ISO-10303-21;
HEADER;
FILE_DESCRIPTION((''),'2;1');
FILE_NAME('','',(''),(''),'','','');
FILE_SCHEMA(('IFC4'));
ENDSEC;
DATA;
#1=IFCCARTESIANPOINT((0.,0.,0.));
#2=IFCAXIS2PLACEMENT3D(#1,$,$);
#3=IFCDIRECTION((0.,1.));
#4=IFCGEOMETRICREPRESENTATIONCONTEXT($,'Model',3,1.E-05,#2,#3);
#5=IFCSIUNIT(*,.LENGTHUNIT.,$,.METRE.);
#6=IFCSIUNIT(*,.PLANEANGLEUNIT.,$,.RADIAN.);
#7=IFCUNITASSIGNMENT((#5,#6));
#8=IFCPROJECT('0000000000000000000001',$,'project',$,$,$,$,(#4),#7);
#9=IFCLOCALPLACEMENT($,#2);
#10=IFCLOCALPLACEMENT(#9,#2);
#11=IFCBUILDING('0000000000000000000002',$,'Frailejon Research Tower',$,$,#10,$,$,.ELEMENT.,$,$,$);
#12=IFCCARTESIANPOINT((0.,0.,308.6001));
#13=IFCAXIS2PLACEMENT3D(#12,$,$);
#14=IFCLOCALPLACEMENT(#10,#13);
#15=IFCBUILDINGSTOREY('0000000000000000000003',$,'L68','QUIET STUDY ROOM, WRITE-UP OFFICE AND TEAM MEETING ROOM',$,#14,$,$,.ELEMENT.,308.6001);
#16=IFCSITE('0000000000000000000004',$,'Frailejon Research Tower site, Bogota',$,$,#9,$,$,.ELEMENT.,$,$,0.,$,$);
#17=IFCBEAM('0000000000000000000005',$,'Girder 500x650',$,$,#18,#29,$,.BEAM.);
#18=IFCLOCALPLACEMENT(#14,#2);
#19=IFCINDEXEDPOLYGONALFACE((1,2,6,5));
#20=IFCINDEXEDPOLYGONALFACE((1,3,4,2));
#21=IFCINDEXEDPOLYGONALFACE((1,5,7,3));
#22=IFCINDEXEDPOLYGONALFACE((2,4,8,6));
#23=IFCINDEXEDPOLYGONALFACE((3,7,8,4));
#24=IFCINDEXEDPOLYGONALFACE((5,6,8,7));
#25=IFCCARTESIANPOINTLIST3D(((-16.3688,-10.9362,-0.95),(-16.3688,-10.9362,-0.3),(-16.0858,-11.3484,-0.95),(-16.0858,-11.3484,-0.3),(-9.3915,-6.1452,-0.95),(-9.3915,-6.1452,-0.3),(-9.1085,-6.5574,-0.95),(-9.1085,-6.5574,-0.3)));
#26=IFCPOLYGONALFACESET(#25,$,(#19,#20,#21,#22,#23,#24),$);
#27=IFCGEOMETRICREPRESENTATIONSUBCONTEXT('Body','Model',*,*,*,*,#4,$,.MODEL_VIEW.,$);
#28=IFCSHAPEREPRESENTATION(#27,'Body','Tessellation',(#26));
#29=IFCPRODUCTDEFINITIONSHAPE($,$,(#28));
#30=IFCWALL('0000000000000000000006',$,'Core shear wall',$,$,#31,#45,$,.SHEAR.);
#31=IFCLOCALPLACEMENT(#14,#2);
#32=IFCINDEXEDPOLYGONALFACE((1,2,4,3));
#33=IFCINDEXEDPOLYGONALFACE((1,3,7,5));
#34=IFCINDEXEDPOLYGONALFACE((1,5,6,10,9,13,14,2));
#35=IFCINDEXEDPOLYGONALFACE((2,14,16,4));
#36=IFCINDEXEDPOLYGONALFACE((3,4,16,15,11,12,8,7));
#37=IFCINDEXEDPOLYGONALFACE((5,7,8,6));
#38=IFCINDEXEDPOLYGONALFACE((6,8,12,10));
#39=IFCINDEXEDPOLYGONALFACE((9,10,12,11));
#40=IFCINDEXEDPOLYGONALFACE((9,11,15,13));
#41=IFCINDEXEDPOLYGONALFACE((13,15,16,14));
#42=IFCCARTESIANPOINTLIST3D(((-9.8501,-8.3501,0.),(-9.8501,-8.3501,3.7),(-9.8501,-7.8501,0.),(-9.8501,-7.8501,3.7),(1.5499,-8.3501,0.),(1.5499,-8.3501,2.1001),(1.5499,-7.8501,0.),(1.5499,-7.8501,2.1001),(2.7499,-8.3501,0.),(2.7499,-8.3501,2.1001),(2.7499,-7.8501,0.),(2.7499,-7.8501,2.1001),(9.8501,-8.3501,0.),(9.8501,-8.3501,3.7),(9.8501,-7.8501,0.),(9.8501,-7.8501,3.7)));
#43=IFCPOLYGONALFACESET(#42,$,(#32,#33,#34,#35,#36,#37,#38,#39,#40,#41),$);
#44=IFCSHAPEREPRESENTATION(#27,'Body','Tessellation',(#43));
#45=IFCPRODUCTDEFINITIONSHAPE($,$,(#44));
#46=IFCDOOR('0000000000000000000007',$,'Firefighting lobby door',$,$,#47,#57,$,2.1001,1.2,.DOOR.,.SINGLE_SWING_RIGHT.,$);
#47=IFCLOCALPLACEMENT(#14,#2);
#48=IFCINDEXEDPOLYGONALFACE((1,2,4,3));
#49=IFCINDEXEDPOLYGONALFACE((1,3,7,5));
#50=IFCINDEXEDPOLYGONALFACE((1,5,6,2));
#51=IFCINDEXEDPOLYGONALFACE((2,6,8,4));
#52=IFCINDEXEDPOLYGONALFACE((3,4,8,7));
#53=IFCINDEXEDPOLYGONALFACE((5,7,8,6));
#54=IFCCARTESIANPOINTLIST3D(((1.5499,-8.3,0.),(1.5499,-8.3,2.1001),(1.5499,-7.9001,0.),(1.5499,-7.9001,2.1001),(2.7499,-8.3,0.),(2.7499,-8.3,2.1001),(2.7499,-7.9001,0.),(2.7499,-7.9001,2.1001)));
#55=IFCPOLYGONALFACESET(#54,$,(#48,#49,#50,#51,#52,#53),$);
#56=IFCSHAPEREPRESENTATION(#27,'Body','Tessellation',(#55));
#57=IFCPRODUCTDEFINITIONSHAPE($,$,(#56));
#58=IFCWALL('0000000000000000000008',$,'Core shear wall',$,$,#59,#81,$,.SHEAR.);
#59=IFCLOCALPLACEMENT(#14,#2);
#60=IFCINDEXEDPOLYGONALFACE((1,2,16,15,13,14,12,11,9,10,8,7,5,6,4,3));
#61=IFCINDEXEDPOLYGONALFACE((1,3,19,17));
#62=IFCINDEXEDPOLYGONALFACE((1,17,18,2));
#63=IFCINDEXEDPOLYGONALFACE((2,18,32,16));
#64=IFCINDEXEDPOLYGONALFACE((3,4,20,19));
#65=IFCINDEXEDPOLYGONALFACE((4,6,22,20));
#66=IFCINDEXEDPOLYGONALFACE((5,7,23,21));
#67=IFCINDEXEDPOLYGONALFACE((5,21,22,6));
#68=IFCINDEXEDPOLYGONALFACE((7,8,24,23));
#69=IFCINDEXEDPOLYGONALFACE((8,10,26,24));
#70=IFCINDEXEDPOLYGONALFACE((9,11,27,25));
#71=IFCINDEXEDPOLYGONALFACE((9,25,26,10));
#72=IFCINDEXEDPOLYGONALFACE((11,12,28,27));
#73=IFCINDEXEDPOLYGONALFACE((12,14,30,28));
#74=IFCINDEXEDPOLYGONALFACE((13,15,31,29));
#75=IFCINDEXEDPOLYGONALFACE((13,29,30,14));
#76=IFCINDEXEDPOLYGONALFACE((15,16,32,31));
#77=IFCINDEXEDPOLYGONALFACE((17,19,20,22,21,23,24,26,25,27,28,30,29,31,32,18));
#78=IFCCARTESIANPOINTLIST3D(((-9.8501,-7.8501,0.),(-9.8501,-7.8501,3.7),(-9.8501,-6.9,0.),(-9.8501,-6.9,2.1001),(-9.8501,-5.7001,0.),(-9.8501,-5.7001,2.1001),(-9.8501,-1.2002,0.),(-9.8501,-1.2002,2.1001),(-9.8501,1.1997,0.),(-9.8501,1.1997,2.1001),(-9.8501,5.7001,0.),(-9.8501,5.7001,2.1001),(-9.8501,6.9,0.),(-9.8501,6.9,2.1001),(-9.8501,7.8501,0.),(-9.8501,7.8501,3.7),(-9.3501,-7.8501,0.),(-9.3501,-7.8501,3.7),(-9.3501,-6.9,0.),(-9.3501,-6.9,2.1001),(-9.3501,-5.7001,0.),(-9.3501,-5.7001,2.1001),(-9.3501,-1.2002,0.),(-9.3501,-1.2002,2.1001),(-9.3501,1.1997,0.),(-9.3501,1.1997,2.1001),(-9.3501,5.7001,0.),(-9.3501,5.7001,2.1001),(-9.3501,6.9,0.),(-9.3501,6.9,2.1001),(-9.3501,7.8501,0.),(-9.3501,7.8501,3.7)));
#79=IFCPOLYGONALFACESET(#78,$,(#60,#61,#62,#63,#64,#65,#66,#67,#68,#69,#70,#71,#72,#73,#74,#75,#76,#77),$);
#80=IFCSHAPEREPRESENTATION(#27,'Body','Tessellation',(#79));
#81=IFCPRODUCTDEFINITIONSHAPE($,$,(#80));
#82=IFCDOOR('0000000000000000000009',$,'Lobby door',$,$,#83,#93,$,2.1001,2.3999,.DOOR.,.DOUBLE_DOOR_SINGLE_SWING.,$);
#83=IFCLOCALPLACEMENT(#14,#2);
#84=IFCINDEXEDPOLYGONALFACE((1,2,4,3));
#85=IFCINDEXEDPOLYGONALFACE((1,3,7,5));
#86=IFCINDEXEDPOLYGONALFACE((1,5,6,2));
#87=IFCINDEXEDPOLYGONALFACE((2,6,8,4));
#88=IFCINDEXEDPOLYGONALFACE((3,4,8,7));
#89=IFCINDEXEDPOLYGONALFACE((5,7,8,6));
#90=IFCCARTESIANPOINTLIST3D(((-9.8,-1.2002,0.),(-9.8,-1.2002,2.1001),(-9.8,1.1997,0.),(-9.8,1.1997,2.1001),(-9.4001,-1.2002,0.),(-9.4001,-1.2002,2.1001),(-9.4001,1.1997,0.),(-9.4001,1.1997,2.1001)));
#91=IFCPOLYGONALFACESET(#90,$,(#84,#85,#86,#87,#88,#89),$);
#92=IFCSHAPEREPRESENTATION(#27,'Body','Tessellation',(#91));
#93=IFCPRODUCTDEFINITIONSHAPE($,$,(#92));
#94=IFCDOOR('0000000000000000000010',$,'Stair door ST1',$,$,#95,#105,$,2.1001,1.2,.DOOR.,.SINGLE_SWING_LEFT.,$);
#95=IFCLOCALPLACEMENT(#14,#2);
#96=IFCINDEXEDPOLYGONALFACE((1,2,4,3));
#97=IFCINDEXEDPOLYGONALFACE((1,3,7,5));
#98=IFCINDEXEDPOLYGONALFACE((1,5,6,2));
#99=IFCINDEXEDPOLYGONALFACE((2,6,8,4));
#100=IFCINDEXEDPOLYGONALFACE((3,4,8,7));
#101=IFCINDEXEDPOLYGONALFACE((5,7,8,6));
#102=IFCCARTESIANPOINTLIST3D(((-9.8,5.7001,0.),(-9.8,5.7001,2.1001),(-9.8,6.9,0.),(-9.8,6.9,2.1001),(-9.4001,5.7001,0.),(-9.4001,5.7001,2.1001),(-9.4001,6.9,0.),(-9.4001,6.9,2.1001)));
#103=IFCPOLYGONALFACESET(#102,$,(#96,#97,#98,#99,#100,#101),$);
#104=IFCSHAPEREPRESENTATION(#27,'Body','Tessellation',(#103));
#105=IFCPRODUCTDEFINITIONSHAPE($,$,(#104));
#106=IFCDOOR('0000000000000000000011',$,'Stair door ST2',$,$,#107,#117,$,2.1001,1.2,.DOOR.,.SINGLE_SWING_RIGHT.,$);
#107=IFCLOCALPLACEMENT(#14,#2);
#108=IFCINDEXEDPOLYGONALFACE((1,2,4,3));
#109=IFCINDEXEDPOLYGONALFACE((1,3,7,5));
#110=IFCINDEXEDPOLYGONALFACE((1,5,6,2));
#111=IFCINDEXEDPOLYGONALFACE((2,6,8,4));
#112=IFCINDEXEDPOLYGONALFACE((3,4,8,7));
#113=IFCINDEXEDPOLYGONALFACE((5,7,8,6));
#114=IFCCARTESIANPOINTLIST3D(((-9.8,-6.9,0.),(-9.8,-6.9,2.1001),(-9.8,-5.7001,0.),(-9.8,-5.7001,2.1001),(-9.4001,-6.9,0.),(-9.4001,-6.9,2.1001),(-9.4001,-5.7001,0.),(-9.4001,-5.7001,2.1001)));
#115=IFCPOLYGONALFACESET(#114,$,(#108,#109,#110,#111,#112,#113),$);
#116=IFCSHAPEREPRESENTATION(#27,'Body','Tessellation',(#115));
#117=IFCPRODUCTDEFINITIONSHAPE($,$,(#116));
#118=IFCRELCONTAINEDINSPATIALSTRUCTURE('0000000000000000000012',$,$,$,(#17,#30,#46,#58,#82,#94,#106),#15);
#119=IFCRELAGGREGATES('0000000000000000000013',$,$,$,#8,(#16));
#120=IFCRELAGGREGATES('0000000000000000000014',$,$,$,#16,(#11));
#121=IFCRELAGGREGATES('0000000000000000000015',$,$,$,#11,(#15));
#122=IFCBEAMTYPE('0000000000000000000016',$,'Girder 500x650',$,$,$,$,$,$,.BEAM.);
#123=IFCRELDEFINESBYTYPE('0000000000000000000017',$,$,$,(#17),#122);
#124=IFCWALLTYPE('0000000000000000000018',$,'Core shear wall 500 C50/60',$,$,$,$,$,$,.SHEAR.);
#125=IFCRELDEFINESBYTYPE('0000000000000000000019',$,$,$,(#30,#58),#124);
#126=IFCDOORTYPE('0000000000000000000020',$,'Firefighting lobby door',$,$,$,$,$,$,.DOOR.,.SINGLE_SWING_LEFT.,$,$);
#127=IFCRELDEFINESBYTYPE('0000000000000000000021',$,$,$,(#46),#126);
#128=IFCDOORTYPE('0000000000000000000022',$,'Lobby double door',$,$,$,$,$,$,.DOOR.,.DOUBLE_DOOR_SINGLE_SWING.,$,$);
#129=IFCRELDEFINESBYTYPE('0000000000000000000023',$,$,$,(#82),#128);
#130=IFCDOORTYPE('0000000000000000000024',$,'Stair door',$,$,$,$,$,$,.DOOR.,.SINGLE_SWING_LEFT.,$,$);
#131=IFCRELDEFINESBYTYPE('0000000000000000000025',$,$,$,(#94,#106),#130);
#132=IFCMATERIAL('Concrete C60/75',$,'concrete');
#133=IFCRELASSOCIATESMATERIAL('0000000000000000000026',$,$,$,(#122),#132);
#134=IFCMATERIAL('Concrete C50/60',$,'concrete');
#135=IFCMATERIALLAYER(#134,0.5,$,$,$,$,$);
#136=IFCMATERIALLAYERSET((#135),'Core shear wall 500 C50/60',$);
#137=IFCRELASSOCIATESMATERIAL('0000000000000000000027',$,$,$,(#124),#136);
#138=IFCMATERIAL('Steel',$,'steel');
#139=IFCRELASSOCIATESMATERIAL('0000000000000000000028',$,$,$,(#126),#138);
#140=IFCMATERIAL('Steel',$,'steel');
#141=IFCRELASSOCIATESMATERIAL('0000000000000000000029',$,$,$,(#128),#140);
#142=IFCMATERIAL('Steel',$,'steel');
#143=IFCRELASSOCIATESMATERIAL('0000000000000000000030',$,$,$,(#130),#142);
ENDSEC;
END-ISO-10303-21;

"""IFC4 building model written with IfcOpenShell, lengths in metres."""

from ifc_helpers import new_model, si_unit, direction, frame, frame_2d, origin, origin_2d, place, context, subcontext, project, spatial, rectangle, extrude, material, layer, layer_set, material_profile, profile_set, type_object, element, fill, save


model = new_model("IFC4")

# Units and contexts
model_context = context("Model", 3, precision=1e-05, world=origin(), true_north=direction((0.0, 1.0)))
body_context = subcontext(model_context, "Body", "Model", "MODEL_VIEW")
ifc_project = project(units=[si_unit("LENGTHUNIT", "METRE"), si_unit("PLANEANGLEUNIT", "RADIAN")], contexts=[model_context])

# Site, building, storey
site_placement = place(None, origin())
site = spatial("IfcSite", under=ifc_project, at=site_placement, Name="Frailejon Research Tower site, Bogota", CompositionType="ELEMENT", RefElevation=0.0)
building_placement = place(site_placement, origin())
building = spatial("IfcBuilding", under=site, at=building_placement, Name="Frailejon Research Tower", CompositionType="ELEMENT")
storey_placement = place(building_placement, frame((0.0, 0.0, 308.6001)))
storey = spatial("IfcBuildingStorey", under=building, at=storey_placement, Name="L68", Description="QUIET STUDY ROOM, WRITE-UP OFFICE AND TEAM MEETING ROOM", CompositionType="ELEMENT", Elevation=308.6001)

# Beam
ifc_material_1 = material(Name="Concrete C60/75", Category="concrete")
ifc_material_profile = material_profile(ifc_material_1, rectangle(XDim=0.5, YDim=0.6499, at=origin_2d()), Name="Girder 500x650")
ifc_profile_set = profile_set([ifc_material_profile], Name="Concrete C60/75")
beam_type = type_object("IfcBeamType", Name="Girder 500x650", PredefinedType="BEAM", material=ifc_profile_set)
beam_placement = place(storey_placement, frame((-16.2273, -11.1423, -0.625), z_axis=(0.824366, 0.566057, 0.0), x_axis=(-0.566057, 0.824366, 0.0)))
element("IfcBeam", 1, at=beam_placement, inside=storey, type_object=beam_type, Name="Girder 500x650", PredefinedType="BEAM", context=body_context, shape_type="SweptSolid", body=[
    extrude(rectangle(XDim=0.5, YDim=0.6499, at=origin_2d()), origin(), (0.0, 0.0, 1.0), 8.4639),
])

# Wall, opening, door
ifc_material_2 = material(Name="Concrete C50/60", Category="concrete")
ifc_layer_1 = layer(ifc_material_2, 0.5)
ifc_layer_set_1 = layer_set([ifc_layer_1], Name="Core shear wall 500 C50/60")
wall_type_1 = type_object("IfcWallType", Name="Core shear wall 500 C50/60", PredefinedType="SHEAR", material=ifc_layer_set_1)
wall_1_placement = place(storey_placement, frame((-9.8501, -8.1001, 0.0), z_axis=(0.0, 0.0, 1.0), x_axis=(1.0, 0.0, 0.0)))
wall_1 = element("IfcWall", 2, at=wall_1_placement, inside=storey, type_object=wall_type_1, Name="Core shear wall", PredefinedType="SHEAR", context=body_context, shape_type="SweptSolid", body=[
    extrude(rectangle(XDim=19.7002, YDim=0.5, at=frame_2d((9.8501, 0.0))), origin(), (0.0, 0.0, 1.0), 3.7),
])
opening_1_placement = place(wall_1_placement, frame((11.3999, 0.0, 0.0)))
opening_1 = element("IfcOpeningElement", 3, at=opening_1_placement, cuts=wall_1, PredefinedType="OPENING", context=body_context, shape_type="SweptSolid", body=[
    extrude(rectangle(XDim=1.2, YDim=2.1001, at=frame_2d((0.6001, 1.05))), frame((0.0, 0.26, 0.0), z_axis=(0.0, -1.0, 0.0), x_axis=(1.0, 0.0, 0.0)), (0.0, 0.0, 1.0), 0.52),
])
ifc_material_3 = material(Name="Steel", Category="steel")
door_type_1 = type_object("IfcDoorType", Name="Firefighting lobby door", OperationType="SINGLE_SWING_LEFT", PredefinedType="DOOR", material=ifc_material_3)
door_1_placement = place(opening_1_placement, origin())
door_1 = element("IfcDoor", 4, at=door_1_placement, inside=storey, type_object=door_type_1, Name="Firefighting lobby door", OperationType="SINGLE_SWING_RIGHT", OverallHeight=2.1001, OverallWidth=1.2, PredefinedType="DOOR", context=body_context, shape_type="SweptSolid", body=[
    extrude(rectangle(XDim=1.2, YDim=2.1001, at=frame_2d((0.6001, 1.05))), frame((0.0, 0.2, 0.0), z_axis=(0.0, -1.0, 0.0), x_axis=(1.0, 0.0, 0.0)), (0.0, 0.0, 1.0), 0.3999),
])
fill(opening_1, door_1)

# Wall, openings, doors
wall_2_placement = place(storey_placement, frame((-9.6001, -7.8501, 0.0), z_axis=(0.0, 0.0, 1.0), x_axis=(0.0, 1.0, 0.0)))
wall_2 = element("IfcWall", 5, at=wall_2_placement, inside=storey, type_object=wall_type_1, Name="Core shear wall", PredefinedType="SHEAR", context=body_context, shape_type="SweptSolid", body=[
    extrude(rectangle(XDim=15.7002, YDim=0.5, at=frame_2d((7.8501, 0.0))), origin(), (0.0, 0.0, 1.0), 3.7),
])
opening_2_placement = place(wall_2_placement, frame((6.6499, 0.0, 0.0)))
opening_2 = element("IfcOpeningElement", 6, at=opening_2_placement, cuts=wall_2, PredefinedType="OPENING", context=body_context, shape_type="SweptSolid", body=[
    extrude(rectangle(XDim=2.3999, YDim=2.1001, at=frame_2d((1.2, 1.05))), frame((0.0, 0.26, 0.0), z_axis=(0.0, -1.0, 0.0), x_axis=(1.0, 0.0, 0.0)), (0.0, 0.0, 1.0), 0.52),
])
opening_3_placement = place(wall_2_placement, frame((13.55, 0.0, 0.0)))
opening_3 = element("IfcOpeningElement", 7, at=opening_3_placement, cuts=wall_2, PredefinedType="OPENING", context=body_context, shape_type="SweptSolid", body=[
    extrude(rectangle(XDim=1.2, YDim=2.1001, at=frame_2d((0.6001, 1.05))), frame((0.0, 0.26, 0.0), z_axis=(0.0, -1.0, 0.0), x_axis=(1.0, 0.0, 0.0)), (0.0, 0.0, 1.0), 0.52),
])
opening_4_placement = place(wall_2_placement, frame((0.95, 0.0, 0.0)))
opening_4 = element("IfcOpeningElement", 8, at=opening_4_placement, cuts=wall_2, PredefinedType="OPENING", context=body_context, shape_type="SweptSolid", body=[
    extrude(rectangle(XDim=1.2, YDim=2.1001, at=frame_2d((0.6001, 1.05))), frame((0.0, 0.26, 0.0), z_axis=(0.0, -1.0, 0.0), x_axis=(1.0, 0.0, 0.0)), (0.0, 0.0, 1.0), 0.52),
])
ifc_material_4 = material(Name="Steel", Category="steel")
door_type_2 = type_object("IfcDoorType", Name="Lobby double door", OperationType="DOUBLE_DOOR_SINGLE_SWING", PredefinedType="DOOR", material=ifc_material_4)
door_2_placement = place(opening_2_placement, origin())
door_2 = element("IfcDoor", 9, at=door_2_placement, inside=storey, type_object=door_type_2, Name="Lobby door", OperationType="DOUBLE_DOOR_SINGLE_SWING", OverallHeight=2.1001, OverallWidth=2.3999, PredefinedType="DOOR", context=body_context, shape_type="SweptSolid", body=[
    extrude(rectangle(XDim=2.3999, YDim=2.1001, at=frame_2d((1.2, 1.05))), frame((0.0, 0.2, 0.0), z_axis=(0.0, -1.0, 0.0), x_axis=(1.0, 0.0, 0.0)), (0.0, 0.0, 1.0), 0.3999),
])
fill(opening_2, door_2)
ifc_material_5 = material(Name="Steel", Category="steel")
door_type_3 = type_object("IfcDoorType", Name="Stair door", OperationType="SINGLE_SWING_LEFT", PredefinedType="DOOR", material=ifc_material_5)
door_3_placement = place(opening_3_placement, origin())
door_3 = element("IfcDoor", 10, at=door_3_placement, inside=storey, type_object=door_type_3, Name="Stair door ST1", OperationType="SINGLE_SWING_LEFT", OverallHeight=2.1001, OverallWidth=1.2, PredefinedType="DOOR", context=body_context, shape_type="SweptSolid", body=[
    extrude(rectangle(XDim=1.2, YDim=2.1001, at=frame_2d((0.6001, 1.05))), frame((0.0, 0.2, 0.0), z_axis=(0.0, -1.0, 0.0), x_axis=(1.0, 0.0, 0.0)), (0.0, 0.0, 1.0), 0.3999),
])
fill(opening_3, door_3)
door_4_placement = place(opening_4_placement, origin())
door_4 = element("IfcDoor", 11, at=door_4_placement, inside=storey, type_object=door_type_3, Name="Stair door ST2", OperationType="SINGLE_SWING_RIGHT", OverallHeight=2.1001, OverallWidth=1.2, PredefinedType="DOOR", context=body_context, shape_type="SweptSolid", body=[
    extrude(rectangle(XDim=1.2, YDim=2.1001, at=frame_2d((0.6001, 1.05))), frame((0.0, 0.2, 0.0), z_axis=(0.0, -1.0, 0.0), x_axis=(1.0, 0.0, 0.0)), (0.0, 0.0, 1.0), 0.3999),
])
fill(opening_4, door_4)

save(model, "model.ifc")
